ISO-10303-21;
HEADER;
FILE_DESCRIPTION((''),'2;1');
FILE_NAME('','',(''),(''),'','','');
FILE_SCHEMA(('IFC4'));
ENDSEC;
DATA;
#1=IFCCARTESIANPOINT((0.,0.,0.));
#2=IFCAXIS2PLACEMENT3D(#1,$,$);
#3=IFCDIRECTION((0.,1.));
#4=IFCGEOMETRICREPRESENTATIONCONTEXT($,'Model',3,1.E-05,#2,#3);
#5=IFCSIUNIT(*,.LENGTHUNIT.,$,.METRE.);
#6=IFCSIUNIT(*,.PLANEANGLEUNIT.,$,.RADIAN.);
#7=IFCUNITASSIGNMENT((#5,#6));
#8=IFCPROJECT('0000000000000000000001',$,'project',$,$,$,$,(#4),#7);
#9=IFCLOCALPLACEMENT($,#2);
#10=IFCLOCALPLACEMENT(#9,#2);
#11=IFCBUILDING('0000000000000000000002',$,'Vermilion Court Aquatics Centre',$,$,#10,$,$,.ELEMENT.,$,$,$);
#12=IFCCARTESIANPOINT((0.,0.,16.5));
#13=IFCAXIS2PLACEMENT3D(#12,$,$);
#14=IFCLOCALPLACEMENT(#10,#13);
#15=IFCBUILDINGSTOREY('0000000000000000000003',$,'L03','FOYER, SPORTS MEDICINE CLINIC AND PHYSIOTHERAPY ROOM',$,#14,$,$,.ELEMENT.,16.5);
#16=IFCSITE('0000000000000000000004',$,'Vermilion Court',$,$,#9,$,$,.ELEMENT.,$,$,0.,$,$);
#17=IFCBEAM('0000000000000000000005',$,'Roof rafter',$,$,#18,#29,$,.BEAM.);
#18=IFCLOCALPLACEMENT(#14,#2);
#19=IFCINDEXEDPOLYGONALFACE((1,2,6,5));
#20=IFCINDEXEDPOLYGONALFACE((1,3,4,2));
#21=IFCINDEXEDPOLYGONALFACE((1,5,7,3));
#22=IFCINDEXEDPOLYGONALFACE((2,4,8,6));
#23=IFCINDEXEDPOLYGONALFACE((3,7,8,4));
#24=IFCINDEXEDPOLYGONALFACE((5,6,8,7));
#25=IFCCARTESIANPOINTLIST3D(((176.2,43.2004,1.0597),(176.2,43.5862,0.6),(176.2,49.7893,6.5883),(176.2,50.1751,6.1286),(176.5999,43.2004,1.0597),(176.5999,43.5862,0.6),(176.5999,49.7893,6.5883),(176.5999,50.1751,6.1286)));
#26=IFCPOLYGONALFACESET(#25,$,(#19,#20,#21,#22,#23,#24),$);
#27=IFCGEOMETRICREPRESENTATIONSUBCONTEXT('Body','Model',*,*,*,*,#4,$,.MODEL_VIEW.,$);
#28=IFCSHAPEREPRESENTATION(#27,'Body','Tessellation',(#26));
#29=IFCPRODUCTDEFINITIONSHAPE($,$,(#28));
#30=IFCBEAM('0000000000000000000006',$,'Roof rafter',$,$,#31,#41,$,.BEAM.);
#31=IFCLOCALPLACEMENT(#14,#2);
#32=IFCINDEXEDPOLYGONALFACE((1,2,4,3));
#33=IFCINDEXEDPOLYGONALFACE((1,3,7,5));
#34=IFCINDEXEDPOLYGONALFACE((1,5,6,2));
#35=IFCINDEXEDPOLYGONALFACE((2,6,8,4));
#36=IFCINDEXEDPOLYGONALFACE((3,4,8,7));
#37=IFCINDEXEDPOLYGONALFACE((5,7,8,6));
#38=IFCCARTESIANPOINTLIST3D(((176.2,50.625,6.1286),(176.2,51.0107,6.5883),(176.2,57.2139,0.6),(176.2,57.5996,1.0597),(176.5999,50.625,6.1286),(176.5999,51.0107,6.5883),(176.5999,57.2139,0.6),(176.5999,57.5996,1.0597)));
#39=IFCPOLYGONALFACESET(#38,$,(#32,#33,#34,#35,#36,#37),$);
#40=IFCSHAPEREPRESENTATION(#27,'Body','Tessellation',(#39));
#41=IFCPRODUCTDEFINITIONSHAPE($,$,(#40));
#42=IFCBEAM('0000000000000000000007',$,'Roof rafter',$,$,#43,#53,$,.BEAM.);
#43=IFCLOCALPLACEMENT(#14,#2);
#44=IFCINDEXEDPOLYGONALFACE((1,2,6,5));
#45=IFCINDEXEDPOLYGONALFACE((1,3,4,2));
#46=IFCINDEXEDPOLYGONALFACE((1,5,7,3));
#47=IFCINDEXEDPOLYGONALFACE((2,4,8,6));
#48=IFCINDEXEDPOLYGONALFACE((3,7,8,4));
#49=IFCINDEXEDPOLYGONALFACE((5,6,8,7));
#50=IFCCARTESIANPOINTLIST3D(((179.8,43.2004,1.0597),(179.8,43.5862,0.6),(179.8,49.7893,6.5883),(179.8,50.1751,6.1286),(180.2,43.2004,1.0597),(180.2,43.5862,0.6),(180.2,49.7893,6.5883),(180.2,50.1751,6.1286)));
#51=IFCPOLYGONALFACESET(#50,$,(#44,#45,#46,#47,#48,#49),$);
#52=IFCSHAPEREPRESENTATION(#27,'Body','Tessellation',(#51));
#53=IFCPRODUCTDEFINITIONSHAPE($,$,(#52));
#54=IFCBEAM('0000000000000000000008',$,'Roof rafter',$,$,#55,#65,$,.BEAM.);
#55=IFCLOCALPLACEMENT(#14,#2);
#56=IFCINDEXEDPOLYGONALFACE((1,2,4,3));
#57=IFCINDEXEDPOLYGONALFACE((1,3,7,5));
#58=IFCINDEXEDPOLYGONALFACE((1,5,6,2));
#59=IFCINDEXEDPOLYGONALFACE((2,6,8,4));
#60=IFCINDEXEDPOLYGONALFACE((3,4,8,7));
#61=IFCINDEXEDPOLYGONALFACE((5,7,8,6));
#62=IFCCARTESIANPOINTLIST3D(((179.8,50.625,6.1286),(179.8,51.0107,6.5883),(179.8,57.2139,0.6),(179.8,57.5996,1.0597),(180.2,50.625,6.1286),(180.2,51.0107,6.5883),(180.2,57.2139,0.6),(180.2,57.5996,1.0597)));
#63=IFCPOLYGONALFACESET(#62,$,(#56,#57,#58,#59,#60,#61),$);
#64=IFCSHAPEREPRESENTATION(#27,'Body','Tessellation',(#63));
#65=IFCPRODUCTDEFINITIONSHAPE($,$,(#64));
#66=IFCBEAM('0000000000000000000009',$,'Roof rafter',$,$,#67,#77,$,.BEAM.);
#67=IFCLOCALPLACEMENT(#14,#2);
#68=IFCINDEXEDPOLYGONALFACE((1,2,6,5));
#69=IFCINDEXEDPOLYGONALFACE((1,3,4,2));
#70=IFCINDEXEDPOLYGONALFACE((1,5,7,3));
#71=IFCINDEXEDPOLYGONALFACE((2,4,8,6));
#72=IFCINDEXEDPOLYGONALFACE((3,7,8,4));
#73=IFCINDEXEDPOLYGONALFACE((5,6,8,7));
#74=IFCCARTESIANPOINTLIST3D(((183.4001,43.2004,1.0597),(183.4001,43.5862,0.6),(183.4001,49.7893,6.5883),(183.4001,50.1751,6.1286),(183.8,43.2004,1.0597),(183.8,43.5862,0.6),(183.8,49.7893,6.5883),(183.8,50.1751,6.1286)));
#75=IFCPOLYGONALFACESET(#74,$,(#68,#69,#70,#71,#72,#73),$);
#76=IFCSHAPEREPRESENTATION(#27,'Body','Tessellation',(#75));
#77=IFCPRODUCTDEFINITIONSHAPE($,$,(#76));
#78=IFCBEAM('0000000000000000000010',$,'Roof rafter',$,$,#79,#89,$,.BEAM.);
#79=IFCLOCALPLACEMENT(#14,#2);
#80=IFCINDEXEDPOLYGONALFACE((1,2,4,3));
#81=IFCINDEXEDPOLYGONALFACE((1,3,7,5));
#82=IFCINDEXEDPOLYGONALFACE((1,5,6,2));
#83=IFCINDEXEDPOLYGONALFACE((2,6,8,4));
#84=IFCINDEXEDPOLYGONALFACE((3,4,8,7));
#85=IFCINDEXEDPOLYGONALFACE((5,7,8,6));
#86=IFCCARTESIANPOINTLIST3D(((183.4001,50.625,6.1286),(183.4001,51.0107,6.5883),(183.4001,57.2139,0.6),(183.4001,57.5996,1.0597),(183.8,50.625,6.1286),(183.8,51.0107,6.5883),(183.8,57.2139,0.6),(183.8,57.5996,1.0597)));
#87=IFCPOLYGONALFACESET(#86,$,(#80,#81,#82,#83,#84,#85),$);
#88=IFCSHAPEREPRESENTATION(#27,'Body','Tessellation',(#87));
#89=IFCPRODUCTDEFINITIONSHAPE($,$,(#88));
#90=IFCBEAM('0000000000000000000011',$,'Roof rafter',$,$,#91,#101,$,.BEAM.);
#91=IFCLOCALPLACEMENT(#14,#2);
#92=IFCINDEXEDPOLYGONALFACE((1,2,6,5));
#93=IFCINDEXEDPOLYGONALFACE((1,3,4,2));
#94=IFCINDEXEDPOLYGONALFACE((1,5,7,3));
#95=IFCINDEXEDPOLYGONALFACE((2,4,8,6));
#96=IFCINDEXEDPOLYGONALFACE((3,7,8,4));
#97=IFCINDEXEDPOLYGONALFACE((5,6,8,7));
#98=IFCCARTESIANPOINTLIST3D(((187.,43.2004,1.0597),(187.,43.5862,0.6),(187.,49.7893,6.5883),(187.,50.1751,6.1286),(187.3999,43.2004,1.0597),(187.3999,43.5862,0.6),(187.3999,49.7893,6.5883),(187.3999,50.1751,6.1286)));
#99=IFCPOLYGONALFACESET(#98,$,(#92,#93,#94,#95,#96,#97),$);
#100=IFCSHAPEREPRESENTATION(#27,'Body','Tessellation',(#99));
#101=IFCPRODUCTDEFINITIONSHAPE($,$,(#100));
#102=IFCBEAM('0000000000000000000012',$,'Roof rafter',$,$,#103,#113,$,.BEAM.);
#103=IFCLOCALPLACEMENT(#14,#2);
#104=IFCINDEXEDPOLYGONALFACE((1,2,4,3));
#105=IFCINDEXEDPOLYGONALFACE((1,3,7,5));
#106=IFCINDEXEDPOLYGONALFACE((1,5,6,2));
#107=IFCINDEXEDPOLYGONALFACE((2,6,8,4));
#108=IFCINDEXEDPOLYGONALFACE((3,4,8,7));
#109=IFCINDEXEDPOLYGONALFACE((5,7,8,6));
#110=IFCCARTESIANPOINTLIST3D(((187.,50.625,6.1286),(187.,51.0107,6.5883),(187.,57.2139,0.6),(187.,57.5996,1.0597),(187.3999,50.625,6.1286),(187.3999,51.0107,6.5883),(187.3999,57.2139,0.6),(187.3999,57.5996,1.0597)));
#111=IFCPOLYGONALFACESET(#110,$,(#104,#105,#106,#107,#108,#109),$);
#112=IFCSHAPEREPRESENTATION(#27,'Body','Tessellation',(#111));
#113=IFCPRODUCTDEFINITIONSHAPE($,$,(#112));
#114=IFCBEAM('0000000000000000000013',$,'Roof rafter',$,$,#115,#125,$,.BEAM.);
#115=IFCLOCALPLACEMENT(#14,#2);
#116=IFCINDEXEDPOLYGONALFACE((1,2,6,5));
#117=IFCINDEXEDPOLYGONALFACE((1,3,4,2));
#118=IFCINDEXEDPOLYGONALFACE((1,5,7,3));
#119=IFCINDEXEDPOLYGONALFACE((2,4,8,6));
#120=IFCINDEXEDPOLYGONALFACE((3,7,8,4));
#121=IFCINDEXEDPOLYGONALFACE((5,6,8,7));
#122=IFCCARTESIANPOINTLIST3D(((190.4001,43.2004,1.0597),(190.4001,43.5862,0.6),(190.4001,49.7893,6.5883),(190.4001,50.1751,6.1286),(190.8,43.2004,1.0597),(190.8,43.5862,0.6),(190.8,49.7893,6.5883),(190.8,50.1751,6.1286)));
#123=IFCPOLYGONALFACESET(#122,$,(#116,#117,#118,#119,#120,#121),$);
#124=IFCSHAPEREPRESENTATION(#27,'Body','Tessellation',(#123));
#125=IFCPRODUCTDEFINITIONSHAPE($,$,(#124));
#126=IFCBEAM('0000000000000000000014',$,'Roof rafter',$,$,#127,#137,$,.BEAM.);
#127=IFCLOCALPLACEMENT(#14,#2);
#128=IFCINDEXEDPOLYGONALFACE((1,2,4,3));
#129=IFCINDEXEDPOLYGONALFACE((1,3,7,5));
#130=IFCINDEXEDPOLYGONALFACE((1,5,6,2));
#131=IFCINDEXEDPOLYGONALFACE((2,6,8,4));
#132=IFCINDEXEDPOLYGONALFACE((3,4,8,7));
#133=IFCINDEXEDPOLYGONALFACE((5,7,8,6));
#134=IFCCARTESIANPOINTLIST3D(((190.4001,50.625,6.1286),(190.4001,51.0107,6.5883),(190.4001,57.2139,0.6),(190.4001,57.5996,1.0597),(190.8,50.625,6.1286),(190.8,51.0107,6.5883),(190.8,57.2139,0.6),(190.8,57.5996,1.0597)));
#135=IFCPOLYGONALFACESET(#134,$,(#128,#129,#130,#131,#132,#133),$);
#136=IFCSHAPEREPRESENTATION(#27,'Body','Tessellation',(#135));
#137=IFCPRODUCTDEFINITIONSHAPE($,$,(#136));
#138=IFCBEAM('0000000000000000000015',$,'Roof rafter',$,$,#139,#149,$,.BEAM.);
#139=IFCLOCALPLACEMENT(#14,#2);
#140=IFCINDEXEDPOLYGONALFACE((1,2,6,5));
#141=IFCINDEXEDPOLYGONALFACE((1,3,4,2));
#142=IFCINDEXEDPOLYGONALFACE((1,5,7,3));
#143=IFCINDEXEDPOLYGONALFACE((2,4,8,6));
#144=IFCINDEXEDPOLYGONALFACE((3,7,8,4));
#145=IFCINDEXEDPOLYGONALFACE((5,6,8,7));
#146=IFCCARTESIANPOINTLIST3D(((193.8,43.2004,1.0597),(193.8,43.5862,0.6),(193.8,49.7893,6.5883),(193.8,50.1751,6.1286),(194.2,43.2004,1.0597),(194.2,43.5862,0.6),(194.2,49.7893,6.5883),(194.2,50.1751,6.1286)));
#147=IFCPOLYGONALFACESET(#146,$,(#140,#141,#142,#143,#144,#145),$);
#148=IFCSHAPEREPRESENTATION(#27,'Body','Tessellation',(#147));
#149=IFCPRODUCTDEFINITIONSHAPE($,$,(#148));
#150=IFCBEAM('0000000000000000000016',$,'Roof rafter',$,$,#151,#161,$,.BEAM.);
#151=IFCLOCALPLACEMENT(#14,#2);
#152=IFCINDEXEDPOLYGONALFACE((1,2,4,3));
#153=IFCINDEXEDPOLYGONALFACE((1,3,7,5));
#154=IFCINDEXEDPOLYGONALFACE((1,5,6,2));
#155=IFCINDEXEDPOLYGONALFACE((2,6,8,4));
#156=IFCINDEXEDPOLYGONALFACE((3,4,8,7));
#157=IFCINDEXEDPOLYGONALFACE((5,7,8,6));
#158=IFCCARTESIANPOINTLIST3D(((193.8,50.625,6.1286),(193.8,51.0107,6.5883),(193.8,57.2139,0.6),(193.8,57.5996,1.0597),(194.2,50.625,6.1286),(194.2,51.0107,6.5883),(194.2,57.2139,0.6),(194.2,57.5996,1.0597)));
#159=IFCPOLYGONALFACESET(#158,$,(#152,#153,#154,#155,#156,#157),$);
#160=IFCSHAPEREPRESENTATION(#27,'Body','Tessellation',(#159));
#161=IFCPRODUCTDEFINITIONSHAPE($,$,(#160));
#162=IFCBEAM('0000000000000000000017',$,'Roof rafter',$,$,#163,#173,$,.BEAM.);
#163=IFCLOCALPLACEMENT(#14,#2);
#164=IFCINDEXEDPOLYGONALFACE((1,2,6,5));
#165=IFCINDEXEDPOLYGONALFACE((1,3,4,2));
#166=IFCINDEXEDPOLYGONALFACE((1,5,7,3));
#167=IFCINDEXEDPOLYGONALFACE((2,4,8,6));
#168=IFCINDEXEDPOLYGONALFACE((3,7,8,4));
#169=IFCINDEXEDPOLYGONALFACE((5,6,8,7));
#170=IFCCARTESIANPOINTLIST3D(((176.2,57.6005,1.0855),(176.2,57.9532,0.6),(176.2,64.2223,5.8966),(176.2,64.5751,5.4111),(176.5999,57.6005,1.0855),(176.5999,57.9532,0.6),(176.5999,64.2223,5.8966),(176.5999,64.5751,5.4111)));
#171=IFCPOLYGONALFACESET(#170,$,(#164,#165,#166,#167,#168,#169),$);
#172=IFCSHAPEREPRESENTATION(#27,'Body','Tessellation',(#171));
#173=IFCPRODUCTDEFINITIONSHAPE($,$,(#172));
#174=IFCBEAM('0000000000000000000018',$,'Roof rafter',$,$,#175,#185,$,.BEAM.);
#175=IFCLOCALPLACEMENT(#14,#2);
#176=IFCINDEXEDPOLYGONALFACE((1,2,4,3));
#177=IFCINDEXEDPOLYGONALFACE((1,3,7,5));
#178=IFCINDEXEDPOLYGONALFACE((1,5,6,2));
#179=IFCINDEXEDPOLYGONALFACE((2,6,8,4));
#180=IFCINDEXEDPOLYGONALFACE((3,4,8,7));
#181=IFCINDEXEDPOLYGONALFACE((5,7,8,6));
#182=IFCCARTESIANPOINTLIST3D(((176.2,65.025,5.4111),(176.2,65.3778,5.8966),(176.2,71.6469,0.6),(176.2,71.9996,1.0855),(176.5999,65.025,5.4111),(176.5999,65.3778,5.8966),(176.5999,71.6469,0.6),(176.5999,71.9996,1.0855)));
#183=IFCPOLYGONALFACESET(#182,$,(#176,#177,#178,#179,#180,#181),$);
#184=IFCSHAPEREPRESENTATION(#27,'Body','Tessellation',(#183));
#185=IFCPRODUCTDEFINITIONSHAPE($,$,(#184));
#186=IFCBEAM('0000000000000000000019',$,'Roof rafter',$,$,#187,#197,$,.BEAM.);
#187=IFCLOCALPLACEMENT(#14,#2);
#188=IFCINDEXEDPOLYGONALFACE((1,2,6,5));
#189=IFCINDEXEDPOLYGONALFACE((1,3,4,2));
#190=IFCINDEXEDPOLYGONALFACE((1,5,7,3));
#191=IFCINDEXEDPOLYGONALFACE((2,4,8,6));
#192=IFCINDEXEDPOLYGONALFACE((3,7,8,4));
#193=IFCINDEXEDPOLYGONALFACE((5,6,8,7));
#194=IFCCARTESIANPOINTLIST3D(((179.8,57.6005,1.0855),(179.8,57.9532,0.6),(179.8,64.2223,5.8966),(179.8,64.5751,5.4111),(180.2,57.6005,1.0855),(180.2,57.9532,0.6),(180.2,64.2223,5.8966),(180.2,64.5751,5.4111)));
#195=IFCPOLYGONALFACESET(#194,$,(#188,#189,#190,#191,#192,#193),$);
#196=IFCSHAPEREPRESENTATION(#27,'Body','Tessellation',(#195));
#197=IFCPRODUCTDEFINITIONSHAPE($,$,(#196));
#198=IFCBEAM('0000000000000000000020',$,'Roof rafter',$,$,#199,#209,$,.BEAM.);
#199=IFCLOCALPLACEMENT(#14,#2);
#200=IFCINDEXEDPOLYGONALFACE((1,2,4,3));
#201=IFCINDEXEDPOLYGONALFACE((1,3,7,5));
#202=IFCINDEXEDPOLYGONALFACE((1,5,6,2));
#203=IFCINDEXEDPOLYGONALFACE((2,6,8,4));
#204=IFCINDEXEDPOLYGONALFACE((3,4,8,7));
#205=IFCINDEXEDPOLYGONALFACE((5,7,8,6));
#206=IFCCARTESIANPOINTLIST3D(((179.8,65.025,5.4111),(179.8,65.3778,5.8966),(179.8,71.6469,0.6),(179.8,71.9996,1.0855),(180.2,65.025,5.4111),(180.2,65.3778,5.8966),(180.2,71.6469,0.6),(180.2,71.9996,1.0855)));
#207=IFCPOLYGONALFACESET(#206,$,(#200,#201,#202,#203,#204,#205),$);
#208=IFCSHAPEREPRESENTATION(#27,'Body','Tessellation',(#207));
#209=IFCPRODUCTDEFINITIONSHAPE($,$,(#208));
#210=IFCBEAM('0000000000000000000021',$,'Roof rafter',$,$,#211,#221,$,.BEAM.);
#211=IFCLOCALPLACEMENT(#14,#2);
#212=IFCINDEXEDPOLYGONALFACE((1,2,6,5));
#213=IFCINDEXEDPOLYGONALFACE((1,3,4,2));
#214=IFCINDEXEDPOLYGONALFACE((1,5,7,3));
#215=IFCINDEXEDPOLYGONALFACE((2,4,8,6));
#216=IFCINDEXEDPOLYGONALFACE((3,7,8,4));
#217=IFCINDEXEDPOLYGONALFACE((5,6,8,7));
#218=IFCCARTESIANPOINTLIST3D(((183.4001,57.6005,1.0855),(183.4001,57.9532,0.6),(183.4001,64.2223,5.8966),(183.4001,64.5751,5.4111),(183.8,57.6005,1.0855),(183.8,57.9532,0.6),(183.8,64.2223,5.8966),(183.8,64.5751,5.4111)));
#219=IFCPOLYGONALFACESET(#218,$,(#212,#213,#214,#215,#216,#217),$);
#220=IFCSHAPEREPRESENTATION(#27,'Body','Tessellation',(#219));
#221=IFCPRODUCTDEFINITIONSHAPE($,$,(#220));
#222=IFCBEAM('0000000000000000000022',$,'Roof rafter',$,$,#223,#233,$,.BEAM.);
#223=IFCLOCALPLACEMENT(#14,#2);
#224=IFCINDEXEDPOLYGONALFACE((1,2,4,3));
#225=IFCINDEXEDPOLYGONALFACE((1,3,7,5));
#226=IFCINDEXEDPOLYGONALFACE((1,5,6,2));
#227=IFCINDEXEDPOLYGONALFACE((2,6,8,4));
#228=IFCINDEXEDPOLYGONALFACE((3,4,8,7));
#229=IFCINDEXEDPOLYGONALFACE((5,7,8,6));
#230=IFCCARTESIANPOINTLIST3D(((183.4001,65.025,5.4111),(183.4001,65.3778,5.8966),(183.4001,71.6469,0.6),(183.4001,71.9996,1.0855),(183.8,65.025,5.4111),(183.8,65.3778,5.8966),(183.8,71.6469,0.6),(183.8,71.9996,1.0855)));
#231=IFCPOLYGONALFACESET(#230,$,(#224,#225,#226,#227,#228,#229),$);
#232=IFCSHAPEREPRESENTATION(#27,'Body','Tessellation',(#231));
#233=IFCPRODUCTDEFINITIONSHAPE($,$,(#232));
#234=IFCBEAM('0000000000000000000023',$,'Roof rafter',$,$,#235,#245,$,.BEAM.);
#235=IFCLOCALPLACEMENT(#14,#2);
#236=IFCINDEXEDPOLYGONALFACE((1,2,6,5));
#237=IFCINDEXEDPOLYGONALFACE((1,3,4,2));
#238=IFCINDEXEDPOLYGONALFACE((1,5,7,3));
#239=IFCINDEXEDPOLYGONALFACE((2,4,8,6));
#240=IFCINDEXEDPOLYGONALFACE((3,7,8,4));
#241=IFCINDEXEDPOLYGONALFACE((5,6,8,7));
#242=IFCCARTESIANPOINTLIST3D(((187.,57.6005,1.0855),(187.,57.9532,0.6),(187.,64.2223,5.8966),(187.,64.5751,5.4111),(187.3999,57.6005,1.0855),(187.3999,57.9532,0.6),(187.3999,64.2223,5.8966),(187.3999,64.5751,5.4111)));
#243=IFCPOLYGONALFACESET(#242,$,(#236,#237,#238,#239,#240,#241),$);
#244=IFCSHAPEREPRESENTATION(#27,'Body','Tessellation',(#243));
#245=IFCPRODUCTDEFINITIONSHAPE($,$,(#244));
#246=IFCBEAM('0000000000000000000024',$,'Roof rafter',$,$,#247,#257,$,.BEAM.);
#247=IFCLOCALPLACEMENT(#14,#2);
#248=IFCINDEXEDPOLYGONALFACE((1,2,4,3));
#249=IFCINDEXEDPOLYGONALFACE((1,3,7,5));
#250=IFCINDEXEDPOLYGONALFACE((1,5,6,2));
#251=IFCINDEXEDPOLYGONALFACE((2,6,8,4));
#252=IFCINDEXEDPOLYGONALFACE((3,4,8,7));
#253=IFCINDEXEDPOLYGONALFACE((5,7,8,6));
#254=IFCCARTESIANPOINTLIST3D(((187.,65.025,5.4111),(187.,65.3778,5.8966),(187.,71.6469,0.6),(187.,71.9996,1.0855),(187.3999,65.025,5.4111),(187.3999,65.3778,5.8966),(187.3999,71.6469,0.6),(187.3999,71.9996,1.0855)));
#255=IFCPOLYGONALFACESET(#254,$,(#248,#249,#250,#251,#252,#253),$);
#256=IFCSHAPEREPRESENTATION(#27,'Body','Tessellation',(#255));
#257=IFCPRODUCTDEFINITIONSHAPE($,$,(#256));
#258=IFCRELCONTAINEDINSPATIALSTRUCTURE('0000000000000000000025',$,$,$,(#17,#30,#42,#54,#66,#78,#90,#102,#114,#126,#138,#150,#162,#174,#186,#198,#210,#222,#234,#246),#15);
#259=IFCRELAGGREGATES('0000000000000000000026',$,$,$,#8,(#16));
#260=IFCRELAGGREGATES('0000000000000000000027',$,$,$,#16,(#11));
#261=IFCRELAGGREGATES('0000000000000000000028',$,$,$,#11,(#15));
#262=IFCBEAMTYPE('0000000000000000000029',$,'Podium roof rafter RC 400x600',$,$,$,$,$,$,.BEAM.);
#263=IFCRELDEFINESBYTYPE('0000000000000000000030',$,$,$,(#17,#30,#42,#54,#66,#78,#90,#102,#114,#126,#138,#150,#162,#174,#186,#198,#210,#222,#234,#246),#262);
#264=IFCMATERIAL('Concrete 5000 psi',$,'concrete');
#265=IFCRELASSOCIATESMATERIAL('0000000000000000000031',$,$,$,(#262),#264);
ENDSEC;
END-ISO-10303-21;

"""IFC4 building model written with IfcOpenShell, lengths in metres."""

from ifc_helpers import new_model, si_unit, direction, frame, origin, origin_2d, place, context, subcontext, project, spatial, rectangle, extrude, material, material_profile, profile_set, type_object, element, save


model = new_model("IFC4")

# Units and contexts
model_context = context("Model", 3, precision=1e-05, world=origin(), true_north=direction((0.0, 1.0)))
body_context = subcontext(model_context, "Body", "Model", "MODEL_VIEW")
ifc_project = project(units=[si_unit("LENGTHUNIT", "METRE"), si_unit("PLANEANGLEUNIT", "RADIAN")], contexts=[model_context])

# Site, building, storey
site_placement = place(None, origin())
site = spatial("IfcSite", under=ifc_project, at=site_placement, Name="Vermilion Court", CompositionType="ELEMENT", RefElevation=0.0)
building_placement = place(site_placement, origin())
building = spatial("IfcBuilding", under=site, at=building_placement, Name="Vermilion Court Aquatics Centre", CompositionType="ELEMENT")
storey_placement = place(building_placement, frame((0.0, 0.0, 16.5)))
storey = spatial("IfcBuildingStorey", under=building, at=storey_placement, Name="L03", Description="FOYER, SPORTS MEDICINE CLINIC AND PHYSIOTHERAPY ROOM", CompositionType="ELEMENT", Elevation=16.5)

# Beams
ifc_material_1 = material(Name="Concrete 5000 psi", Category="concrete")
ifc_material_profile_1 = material_profile(ifc_material_1, rectangle(XDim=0.3999, YDim=0.6001, at=origin_2d()), Name="RC 400x600")
ifc_profile_set_1 = profile_set([ifc_material_profile_1], Name="Concrete 5000 psi")
beam_type_1 = type_object("IfcBeamType", Name="Podium roof rafter RC 400x600", PredefinedType="BEAM", material=ifc_profile_set_1)
for number, where, z_axis, x_axis, name in (
    (1, (176.3999, 43.3933, 0.8298), (0.0, 0.766053, 0.642777), (-1.0, 0.0, 0.0), "Roof rafter"),
    (2, (176.3999, 57.4067, 0.8298), (0.0, -0.766053, 0.642777), (1.0, 0.0, 0.0), "Roof rafter"),
    (3, (180.0, 43.3933, 0.8298), (0.0, 0.766053, 0.642777), (-1.0, 0.0, 0.0), "Roof rafter"),
    (4, (180.0, 57.4067, 0.8298), (0.0, -0.766053, 0.642777), (1.0, 0.0, 0.0), "Roof rafter"),
    (5, (183.6001, 43.3933, 0.8298), (0.0, 0.766053, 0.642777), (-1.0, 0.0, 0.0), "Roof rafter"),
    (6, (183.6001, 57.4067, 0.8298), (0.0, -0.766053, 0.642777), (1.0, 0.0, 0.0), "Roof rafter"),
    (7, (187.2, 43.3933, 0.8298), (0.0, 0.766053, 0.642777), (-1.0, 0.0, 0.0), "Roof rafter"),
    (8, (187.2, 57.4067, 0.8298), (0.0, -0.766053, 0.642777), (1.0, 0.0, 0.0), "Roof rafter"),
    (9, (190.6001, 43.3933, 0.8298), (0.0, 0.766053, 0.642777), (-1.0, 0.0, 0.0), "Roof rafter"),
    (10, (190.6001, 57.4067, 0.8298), (0.0, -0.766053, 0.642777), (1.0, 0.0, 0.0), "Roof rafter"),
    (11, (194.0, 43.3933, 0.8298), (0.0, 0.766053, 0.642777), (-1.0, 0.0, 0.0), "Roof rafter"),
    (12, (194.0, 57.4067, 0.8298), (0.0, -0.766053, 0.642777), (1.0, 0.0, 0.0), "Roof rafter"),
):
    element("IfcBeam", number, at=place(storey_placement, frame(where, z_axis=z_axis, x_axis=x_axis)), inside=storey, type_object=beam_type_1, Name=name, PredefinedType="BEAM", context=body_context, shape_type="SweptSolid", body=[
        extrude(rectangle(XDim=0.3999, YDim=0.6001, at=origin_2d()), origin(), (0.0, 0.0, 1.0), 8.6011),
    ])
for number, where, z_axis, x_axis, name in (
    (13, (176.3999, 57.7769, 0.8428), (0.0, 0.809017, 0.587785), (-1.0, 0.0, 0.0), "Roof rafter"),
    (14, (176.3999, 71.8232, 0.8428), (0.0, -0.809017, 0.587785), (1.0, 0.0, 0.0), "Roof rafter"),
    (15, (180.0, 57.7769, 0.8428), (0.0, 0.809017, 0.587785), (-1.0, 0.0, 0.0), "Roof rafter"),
    (16, (180.0, 71.8232, 0.8428), (0.0, -0.809017, 0.587785), (1.0, 0.0, 0.0), "Roof rafter"),
    (17, (183.6001, 57.7769, 0.8428), (0.0, 0.809017, 0.587785), (-1.0, 0.0, 0.0), "Roof rafter"),
    (18, (183.6001, 71.8232, 0.8428), (0.0, -0.809017, 0.587785), (1.0, 0.0, 0.0), "Roof rafter"),
    (19, (187.2, 57.7769, 0.8428), (0.0, 0.809017, 0.587785), (-1.0, 0.0, 0.0), "Roof rafter"),
    (20, (187.2, 71.8232, 0.8428), (0.0, -0.809017, 0.587785), (1.0, 0.0, 0.0), "Roof rafter"),
):
    element("IfcBeam", number, at=place(storey_placement, frame(where, z_axis=z_axis, x_axis=x_axis)), inside=storey, type_object=beam_type_1, Name=name, PredefinedType="BEAM", context=body_context, shape_type="SweptSolid", body=[
        extrude(rectangle(XDim=0.3999, YDim=0.6001, at=origin_2d()), origin(), (0.0, 0.0, 1.0), 8.1851),
    ])

save(model, "model.ifc")
